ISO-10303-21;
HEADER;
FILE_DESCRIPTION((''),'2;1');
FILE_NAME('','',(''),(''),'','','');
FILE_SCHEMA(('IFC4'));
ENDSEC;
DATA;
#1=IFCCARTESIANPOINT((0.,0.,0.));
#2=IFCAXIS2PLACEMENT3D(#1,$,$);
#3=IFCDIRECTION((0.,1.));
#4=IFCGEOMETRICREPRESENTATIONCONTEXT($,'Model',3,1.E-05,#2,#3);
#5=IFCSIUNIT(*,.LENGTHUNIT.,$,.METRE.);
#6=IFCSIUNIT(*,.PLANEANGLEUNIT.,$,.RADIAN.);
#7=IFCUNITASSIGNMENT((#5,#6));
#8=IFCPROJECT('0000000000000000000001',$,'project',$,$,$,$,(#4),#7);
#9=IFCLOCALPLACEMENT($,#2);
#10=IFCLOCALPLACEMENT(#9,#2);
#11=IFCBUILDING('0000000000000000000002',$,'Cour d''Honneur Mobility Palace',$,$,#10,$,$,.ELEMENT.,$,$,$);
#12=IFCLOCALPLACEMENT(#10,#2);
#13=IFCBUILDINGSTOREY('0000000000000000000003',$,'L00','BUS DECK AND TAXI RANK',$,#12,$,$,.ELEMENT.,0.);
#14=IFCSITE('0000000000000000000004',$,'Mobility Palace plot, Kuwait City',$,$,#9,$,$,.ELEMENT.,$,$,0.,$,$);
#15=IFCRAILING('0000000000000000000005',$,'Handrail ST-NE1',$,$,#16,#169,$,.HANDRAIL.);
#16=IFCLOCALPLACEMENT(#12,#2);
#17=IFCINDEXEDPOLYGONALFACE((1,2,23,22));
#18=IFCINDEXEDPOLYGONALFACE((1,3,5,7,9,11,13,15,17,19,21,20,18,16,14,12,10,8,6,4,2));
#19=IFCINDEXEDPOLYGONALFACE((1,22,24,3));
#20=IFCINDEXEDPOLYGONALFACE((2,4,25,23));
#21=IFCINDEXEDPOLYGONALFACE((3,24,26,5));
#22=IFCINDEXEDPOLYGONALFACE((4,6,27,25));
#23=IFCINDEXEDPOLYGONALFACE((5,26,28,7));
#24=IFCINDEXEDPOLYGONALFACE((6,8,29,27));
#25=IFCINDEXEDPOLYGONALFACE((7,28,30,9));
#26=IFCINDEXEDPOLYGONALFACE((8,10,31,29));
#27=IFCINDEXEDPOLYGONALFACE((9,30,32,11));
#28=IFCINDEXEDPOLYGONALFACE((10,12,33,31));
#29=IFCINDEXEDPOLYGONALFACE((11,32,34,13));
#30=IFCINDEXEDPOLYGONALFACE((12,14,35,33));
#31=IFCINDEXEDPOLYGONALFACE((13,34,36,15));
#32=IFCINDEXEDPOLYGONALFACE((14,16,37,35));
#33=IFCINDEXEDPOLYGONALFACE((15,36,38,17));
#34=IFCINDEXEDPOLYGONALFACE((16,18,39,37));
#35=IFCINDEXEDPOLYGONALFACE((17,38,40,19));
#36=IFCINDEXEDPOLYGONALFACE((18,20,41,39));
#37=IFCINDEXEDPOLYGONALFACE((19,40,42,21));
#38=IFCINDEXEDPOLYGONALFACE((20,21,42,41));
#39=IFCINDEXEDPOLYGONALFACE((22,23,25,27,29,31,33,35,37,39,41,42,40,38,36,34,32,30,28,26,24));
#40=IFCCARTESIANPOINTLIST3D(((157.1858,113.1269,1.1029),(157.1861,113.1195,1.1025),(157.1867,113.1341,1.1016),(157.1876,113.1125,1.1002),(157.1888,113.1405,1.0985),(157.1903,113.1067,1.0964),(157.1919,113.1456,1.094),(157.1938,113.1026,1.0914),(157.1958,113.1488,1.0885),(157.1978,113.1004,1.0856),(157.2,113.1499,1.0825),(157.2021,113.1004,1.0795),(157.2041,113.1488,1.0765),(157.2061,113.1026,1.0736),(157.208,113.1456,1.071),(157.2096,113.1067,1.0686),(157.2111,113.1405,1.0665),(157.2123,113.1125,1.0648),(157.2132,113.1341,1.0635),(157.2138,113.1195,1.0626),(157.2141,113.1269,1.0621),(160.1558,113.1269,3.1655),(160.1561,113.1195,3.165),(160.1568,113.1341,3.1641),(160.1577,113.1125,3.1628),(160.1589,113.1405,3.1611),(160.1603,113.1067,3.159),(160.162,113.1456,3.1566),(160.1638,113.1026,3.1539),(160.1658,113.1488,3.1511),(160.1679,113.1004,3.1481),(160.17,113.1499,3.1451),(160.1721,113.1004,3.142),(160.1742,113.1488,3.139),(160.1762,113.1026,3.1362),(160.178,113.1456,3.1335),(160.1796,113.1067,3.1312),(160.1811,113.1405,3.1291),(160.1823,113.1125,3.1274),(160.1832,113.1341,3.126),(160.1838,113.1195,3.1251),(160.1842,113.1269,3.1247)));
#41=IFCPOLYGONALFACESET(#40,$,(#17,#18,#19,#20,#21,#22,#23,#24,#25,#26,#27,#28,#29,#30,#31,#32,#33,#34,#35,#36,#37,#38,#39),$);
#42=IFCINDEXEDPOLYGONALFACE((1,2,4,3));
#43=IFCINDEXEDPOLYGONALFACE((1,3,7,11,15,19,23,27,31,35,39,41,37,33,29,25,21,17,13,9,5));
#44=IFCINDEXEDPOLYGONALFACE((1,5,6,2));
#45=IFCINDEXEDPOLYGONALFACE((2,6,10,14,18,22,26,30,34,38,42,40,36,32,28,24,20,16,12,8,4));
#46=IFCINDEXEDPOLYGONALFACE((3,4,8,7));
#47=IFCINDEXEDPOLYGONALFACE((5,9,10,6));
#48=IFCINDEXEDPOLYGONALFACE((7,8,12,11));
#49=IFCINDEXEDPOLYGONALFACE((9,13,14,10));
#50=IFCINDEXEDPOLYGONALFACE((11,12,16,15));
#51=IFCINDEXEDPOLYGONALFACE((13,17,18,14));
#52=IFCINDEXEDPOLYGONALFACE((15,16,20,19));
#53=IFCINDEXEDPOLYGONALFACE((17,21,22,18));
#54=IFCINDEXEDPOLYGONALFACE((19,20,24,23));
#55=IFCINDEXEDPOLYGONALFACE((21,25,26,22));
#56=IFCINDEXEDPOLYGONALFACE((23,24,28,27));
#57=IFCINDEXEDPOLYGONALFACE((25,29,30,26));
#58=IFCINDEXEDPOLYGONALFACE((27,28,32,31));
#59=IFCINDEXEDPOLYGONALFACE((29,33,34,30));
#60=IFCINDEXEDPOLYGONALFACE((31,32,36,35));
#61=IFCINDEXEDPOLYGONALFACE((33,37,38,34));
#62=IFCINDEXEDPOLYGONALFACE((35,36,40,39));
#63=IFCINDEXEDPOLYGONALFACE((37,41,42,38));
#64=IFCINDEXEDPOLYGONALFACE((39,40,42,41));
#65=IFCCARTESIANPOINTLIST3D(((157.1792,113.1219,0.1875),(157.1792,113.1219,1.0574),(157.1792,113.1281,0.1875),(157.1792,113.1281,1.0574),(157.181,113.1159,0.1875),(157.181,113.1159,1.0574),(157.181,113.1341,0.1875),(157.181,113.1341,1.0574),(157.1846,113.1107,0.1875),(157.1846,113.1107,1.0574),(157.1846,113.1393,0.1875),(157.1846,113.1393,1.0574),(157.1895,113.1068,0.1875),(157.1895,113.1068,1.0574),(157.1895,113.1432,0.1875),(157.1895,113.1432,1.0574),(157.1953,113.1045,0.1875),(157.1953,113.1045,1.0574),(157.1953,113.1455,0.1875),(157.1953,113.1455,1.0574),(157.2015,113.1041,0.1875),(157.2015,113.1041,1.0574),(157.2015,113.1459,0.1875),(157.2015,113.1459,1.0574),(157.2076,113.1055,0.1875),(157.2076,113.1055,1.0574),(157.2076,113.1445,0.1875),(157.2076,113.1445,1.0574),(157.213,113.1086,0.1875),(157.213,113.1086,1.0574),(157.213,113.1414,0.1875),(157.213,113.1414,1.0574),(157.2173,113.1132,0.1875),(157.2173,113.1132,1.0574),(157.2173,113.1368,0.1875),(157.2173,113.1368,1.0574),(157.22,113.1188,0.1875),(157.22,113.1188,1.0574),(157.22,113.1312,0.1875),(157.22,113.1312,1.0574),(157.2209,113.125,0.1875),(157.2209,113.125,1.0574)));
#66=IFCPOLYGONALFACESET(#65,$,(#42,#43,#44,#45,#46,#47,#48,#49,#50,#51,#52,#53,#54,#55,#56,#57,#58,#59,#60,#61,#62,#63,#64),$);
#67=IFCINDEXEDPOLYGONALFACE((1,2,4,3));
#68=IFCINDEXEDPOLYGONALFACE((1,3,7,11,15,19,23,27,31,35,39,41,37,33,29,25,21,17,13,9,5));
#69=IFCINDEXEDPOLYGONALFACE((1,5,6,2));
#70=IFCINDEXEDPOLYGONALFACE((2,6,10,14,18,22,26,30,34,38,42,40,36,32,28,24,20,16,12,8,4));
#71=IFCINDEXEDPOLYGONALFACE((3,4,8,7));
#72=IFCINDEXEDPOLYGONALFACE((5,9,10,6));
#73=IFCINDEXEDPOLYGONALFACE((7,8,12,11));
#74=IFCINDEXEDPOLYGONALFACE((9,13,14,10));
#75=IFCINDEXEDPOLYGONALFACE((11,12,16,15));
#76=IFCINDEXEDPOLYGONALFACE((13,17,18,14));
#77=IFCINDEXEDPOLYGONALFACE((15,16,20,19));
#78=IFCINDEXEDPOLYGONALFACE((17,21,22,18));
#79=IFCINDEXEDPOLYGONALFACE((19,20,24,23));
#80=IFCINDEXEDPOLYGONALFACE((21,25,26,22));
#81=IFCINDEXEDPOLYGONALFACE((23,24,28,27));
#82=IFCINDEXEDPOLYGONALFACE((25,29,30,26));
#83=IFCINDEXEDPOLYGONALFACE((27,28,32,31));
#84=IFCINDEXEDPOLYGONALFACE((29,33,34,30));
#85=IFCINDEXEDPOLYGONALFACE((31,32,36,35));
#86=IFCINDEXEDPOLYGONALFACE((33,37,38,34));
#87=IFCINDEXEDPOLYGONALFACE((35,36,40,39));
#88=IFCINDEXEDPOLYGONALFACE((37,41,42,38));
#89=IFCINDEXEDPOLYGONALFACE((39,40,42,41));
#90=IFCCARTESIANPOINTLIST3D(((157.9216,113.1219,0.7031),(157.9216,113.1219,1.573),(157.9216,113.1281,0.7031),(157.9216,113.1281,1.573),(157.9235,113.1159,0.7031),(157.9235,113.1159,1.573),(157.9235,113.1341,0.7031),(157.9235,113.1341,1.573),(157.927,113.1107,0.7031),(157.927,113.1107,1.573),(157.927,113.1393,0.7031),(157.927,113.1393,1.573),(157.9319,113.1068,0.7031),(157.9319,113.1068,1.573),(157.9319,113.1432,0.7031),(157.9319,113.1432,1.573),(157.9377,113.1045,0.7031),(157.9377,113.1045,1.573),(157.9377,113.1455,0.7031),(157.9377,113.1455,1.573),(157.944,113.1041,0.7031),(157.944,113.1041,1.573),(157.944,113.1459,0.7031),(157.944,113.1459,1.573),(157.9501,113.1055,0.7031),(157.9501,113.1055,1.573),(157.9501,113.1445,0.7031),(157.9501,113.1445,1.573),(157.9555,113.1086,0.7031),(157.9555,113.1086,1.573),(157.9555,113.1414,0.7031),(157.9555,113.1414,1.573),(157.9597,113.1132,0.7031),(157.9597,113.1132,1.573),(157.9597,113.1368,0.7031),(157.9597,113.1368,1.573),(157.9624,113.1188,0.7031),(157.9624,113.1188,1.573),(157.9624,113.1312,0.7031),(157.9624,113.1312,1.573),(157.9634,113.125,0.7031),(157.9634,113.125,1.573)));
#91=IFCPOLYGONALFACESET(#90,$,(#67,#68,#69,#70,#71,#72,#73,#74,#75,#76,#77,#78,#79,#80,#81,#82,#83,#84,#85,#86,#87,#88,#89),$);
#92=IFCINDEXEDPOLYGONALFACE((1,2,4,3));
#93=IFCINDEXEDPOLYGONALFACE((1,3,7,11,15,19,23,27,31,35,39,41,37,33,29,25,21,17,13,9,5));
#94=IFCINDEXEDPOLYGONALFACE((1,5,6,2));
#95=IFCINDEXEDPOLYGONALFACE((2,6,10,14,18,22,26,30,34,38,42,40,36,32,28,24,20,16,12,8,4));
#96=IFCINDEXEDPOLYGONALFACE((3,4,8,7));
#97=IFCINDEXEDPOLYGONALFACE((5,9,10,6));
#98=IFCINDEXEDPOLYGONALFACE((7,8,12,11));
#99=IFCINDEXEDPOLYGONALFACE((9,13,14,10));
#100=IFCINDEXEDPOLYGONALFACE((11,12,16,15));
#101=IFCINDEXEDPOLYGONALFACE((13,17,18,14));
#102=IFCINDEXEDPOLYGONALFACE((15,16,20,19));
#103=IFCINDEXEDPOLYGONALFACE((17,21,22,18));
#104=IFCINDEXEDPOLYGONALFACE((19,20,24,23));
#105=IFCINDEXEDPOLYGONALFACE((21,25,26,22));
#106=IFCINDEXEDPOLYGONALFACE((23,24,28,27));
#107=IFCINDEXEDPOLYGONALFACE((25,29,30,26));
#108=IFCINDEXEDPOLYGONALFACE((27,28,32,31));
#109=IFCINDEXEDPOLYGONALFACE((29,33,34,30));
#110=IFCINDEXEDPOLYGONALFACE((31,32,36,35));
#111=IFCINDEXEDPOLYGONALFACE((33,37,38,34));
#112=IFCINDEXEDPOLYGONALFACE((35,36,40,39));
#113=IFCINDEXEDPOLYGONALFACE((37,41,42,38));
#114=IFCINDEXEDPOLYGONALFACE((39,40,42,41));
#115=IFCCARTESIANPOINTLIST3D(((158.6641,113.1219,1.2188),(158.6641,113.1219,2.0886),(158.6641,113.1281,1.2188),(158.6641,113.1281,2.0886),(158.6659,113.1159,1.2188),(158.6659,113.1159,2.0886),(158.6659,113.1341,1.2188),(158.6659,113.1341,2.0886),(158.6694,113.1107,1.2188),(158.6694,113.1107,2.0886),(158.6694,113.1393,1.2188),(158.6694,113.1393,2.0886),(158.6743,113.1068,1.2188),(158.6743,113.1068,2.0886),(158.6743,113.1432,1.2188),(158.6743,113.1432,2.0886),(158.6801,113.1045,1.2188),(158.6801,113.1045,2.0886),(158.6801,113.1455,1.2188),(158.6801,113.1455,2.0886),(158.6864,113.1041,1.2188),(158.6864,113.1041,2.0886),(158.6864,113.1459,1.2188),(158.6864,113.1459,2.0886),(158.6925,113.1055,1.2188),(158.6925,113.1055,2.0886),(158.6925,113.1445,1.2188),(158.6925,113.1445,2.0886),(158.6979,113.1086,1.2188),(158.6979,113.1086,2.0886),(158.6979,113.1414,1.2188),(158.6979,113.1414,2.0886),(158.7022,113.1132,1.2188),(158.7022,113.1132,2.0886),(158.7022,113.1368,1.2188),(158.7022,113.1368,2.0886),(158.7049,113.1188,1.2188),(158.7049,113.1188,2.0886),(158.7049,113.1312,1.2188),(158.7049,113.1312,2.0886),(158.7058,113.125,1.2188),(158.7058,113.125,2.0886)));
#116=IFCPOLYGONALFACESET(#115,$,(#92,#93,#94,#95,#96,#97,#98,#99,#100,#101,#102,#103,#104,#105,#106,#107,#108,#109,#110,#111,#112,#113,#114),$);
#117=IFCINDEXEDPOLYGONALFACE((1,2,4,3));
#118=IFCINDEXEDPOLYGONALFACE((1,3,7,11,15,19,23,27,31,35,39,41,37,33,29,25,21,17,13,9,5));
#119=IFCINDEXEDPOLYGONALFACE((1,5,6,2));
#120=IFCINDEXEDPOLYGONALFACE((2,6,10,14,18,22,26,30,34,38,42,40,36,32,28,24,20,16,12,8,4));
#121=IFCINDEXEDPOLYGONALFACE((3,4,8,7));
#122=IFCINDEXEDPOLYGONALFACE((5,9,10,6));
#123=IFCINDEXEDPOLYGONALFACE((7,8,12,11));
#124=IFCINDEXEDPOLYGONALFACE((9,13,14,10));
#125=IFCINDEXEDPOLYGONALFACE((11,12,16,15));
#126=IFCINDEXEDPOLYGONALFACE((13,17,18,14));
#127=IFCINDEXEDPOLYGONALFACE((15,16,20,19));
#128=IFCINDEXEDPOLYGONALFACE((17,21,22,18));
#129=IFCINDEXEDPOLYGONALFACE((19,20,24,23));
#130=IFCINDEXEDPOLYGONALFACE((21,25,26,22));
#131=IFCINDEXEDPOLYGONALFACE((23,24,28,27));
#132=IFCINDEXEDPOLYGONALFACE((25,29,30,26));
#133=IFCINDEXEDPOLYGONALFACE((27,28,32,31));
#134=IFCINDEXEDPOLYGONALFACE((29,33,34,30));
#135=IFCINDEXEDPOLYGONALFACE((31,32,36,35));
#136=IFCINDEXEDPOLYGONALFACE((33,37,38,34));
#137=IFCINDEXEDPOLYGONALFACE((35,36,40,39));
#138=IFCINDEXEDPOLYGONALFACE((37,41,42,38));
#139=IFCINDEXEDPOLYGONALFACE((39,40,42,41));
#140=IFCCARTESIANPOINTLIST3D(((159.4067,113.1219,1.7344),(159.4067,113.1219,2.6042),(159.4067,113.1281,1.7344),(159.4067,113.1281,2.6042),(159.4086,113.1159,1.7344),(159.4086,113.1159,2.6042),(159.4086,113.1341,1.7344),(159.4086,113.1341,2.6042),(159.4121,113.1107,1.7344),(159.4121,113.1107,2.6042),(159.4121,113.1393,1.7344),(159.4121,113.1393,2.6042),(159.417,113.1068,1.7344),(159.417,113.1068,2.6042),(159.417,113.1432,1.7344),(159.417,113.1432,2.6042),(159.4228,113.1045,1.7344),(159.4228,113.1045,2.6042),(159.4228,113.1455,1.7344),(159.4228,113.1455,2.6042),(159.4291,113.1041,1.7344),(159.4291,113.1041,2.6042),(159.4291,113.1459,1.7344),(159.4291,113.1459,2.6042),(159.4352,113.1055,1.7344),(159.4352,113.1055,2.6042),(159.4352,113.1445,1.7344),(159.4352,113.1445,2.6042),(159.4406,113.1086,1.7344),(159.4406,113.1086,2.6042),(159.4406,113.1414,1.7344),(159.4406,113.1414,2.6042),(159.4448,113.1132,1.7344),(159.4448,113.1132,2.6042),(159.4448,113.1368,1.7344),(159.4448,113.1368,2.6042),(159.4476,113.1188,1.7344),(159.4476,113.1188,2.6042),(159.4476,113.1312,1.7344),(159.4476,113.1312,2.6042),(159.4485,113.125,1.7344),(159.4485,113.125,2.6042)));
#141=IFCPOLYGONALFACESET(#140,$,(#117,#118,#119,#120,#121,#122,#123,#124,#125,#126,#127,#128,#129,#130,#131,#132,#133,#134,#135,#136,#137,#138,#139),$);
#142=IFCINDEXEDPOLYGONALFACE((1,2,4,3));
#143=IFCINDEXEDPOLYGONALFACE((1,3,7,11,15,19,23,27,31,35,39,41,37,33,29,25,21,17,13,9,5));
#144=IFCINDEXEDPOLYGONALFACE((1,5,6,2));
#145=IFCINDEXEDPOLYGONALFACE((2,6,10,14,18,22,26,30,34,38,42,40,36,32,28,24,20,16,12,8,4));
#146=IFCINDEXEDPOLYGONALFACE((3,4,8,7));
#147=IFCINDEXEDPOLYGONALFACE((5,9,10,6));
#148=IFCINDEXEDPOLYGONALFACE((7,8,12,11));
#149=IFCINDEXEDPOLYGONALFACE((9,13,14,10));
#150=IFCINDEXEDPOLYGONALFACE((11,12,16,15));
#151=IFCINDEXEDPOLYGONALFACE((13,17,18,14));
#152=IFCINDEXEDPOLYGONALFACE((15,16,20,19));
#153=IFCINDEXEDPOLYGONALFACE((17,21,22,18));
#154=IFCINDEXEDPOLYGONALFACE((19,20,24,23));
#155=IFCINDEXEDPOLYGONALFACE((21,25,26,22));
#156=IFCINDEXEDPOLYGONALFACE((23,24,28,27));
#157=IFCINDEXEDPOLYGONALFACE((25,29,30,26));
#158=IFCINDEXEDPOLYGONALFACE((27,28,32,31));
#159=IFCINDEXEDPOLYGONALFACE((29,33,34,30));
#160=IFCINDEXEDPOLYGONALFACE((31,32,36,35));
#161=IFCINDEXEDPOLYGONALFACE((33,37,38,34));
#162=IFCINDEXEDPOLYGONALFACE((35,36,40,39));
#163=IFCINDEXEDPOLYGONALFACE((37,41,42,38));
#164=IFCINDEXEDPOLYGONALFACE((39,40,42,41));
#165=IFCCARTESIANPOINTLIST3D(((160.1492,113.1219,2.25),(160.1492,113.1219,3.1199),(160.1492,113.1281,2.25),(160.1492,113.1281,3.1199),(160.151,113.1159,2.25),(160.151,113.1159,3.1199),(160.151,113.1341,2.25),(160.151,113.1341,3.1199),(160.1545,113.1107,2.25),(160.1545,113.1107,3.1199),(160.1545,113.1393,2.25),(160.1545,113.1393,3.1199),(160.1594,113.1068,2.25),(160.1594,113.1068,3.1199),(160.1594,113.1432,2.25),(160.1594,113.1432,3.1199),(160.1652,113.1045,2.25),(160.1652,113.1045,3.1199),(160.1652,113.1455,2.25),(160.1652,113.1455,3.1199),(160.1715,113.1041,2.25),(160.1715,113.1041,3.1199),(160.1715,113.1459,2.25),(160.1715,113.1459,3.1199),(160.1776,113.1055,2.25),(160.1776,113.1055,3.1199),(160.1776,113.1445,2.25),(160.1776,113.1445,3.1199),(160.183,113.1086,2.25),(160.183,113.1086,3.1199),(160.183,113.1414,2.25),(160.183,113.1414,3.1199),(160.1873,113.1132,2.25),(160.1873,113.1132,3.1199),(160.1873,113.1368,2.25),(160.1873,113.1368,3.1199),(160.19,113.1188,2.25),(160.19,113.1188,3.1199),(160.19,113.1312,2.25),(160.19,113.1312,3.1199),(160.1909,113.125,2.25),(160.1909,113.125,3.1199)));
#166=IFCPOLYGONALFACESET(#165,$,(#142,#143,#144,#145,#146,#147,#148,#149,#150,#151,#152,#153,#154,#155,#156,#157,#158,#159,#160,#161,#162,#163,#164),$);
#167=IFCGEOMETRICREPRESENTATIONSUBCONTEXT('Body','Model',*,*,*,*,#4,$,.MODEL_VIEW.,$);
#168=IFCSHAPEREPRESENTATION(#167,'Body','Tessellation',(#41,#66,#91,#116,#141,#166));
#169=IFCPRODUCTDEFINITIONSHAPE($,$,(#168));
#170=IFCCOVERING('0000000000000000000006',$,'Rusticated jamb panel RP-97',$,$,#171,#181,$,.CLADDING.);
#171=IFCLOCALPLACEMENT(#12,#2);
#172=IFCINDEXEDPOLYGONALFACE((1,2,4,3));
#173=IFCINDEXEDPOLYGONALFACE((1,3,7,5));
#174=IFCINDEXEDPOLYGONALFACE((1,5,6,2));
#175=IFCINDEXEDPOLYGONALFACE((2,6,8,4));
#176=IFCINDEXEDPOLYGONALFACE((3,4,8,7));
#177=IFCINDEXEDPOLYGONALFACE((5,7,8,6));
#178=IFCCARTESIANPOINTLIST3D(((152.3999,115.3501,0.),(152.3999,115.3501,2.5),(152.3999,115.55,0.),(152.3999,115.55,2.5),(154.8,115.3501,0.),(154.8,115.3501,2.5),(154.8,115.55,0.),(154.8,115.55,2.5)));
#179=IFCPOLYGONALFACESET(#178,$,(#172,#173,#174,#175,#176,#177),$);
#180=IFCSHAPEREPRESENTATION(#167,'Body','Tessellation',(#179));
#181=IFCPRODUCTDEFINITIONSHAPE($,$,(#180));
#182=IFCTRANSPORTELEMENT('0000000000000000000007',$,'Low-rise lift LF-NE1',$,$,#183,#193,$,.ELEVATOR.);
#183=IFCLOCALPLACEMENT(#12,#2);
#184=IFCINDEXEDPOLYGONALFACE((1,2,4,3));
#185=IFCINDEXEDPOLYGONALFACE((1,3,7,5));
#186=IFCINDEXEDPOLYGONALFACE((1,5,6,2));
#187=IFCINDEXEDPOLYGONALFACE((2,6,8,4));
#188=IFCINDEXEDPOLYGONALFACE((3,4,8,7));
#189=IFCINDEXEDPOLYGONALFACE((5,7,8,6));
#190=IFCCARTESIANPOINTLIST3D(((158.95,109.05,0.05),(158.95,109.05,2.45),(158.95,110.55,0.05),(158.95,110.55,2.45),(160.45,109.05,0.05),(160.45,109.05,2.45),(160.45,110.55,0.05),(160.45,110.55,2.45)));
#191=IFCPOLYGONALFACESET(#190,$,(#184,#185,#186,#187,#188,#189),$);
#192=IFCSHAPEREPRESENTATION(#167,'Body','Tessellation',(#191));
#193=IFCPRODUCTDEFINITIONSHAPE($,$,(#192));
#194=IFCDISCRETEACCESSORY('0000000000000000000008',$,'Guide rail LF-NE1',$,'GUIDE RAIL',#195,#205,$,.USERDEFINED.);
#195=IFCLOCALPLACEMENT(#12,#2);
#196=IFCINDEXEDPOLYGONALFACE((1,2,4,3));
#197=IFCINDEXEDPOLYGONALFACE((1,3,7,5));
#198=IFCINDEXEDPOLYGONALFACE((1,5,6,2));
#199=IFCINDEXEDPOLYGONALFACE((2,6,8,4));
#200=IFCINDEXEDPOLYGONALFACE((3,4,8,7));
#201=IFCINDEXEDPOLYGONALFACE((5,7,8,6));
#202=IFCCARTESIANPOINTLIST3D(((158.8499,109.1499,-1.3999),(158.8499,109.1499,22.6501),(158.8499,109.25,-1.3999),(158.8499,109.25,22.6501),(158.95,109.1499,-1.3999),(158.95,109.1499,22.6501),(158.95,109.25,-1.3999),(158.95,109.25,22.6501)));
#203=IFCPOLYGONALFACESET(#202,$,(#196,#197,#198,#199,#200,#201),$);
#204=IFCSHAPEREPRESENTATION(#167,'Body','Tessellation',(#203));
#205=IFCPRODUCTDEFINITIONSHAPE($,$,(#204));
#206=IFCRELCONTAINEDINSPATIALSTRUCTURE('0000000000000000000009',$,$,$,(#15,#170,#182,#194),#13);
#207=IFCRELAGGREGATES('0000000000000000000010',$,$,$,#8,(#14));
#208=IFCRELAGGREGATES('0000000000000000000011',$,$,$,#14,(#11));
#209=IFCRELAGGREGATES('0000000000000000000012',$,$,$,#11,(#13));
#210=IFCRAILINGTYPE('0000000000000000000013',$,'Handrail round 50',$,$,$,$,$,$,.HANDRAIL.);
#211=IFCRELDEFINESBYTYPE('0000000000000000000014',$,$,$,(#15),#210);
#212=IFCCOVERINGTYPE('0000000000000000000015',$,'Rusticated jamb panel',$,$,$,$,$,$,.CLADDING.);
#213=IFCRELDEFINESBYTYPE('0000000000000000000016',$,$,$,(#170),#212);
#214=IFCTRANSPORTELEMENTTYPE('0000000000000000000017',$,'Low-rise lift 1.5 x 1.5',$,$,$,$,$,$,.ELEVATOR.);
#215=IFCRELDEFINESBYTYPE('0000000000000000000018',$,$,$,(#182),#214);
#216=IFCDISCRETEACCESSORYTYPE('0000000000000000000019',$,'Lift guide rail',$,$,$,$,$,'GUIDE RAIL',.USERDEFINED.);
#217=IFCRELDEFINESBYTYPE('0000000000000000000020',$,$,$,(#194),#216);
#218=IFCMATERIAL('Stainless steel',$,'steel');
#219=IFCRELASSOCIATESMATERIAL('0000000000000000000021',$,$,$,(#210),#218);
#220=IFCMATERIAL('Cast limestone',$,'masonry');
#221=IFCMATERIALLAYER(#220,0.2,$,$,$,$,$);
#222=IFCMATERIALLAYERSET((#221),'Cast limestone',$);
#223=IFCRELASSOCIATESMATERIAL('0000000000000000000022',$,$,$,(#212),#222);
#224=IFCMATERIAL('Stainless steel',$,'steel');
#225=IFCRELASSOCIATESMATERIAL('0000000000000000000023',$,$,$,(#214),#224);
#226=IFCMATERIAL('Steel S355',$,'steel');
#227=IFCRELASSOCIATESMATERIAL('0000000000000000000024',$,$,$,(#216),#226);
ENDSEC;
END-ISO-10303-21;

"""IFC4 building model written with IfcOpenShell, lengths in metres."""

from ifc_helpers import new_model, si_unit, direction, frame, origin, origin_2d, place, context, subcontext, project, spatial, polyline, rectangle, circle, outline, extrude, material, layer, layer_set, type_object, element, save


model = new_model("IFC4")

# Units and contexts
model_context = context("Model", 3, precision=1e-05, world=origin(), true_north=direction((0.0, 1.0)))
body_context = subcontext(model_context, "Body", "Model", "MODEL_VIEW")
ifc_project = project(units=[si_unit("LENGTHUNIT", "METRE"), si_unit("PLANEANGLEUNIT", "RADIAN")], contexts=[model_context])

# Site, building, storey
site_placement = place(None, origin())
site = spatial("IfcSite", under=ifc_project, at=site_placement, Name="Mobility Palace plot, Kuwait City", CompositionType="ELEMENT", RefElevation=0.0)
building_placement = place(site_placement, origin())
building = spatial("IfcBuilding", under=site, at=building_placement, Name="Cour d'Honneur Mobility Palace", CompositionType="ELEMENT")
storey_placement = place(building_placement, origin())
storey = spatial("IfcBuildingStorey", under=building, at=storey_placement, Name="L00", Description="BUS DECK AND TAXI RANK", CompositionType="ELEMENT", Elevation=0.0)

# Railing
ifc_material_1 = material(Name="Stainless steel", Category="steel")
railing_type = type_object("IfcRailingType", Name="Handrail round 50", PredefinedType="HANDRAIL", material=ifc_material_1)
for number, where, name in (
    (1, (157.2, 113.125, 0.1875), "Handrail ST-NE1"),
):
    element("IfcRailing", number, at=place(storey_placement, frame(where)), inside=storey, type_object=railing_type, Name=name, PredefinedType="HANDRAIL", context=body_context, shape_type="SweptSolid", body=[
        extrude(circle(Radius=0.0249, at=origin_2d()), frame((0.0, 0.0, 0.895), z_axis=(0.821367, 0.0, 0.5704), x_axis=(0.0, 1.0, 0.0)), (0.0, 0.0, 1.0), 3.616),
        extrude(circle(Radius=0.021, at=origin_2d()), origin(), (0.0, 0.0, 1.0), 0.8699),
        extrude(circle(Radius=0.021, at=origin_2d()), frame((0.7424, 0.0, 0.5156)), (0.0, 0.0, 1.0), 0.8699),
        extrude(circle(Radius=0.021, at=origin_2d()), frame((1.4849, 0.0, 1.0312)), (0.0, 0.0, 1.0), 0.8699),
        extrude(circle(Radius=0.021, at=origin_2d()), frame((2.2275, 0.0, 1.5469)), (0.0, 0.0, 1.0), 0.8699),
        extrude(circle(Radius=0.021, at=origin_2d()), frame((2.97, 0.0, 2.0625)), (0.0, 0.0, 1.0), 0.8699),
    ])

# Covering
ifc_material_2 = material(Name="Cast limestone", Category="masonry")
ifc_layer_1 = layer(ifc_material_2, 0.2)
ifc_layer_set_1 = layer_set([ifc_layer_1], Name="Cast limestone")
covering_type_1 = type_object("IfcCoveringType", Name="Rusticated jamb panel", PredefinedType="CLADDING", material=ifc_layer_set_1)
covering_1_placement = place(storey_placement, frame((154.8, 115.55, 0.0), z_axis=(0.0, 1.0, 0.0), x_axis=(-1.0, 0.0, 0.0)))
element("IfcCovering", 2, at=covering_1_placement, inside=storey, type_object=covering_type_1, Name="Rusticated jamb panel RP-97", PredefinedType="CLADDING", context=body_context, shape_type="SweptSolid", body=[
    extrude(outline(polyline([(0.0, 0.0), (2.4001, 0.0), (2.4001, 2.5), (0.0, 2.5), (0.0, 0.0)])), origin(), (0.0, 0.0, -1.0), 0.2),
])

# Transport element
ifc_material_3 = material(Name="Stainless steel", Category="steel")
transport_element_type = type_object("IfcTransportElementType", Name="Low-rise lift 1.5 x 1.5", PredefinedType="ELEVATOR", material=ifc_material_3)
transport_element_placement = place(storey_placement, frame((159.7, 109.8, 0.05), z_axis=(0.0, 0.0, 1.0), x_axis=(1.0, 0.0, 0.0)))
element("IfcTransportElement", 3, at=transport_element_placement, inside=storey, type_object=transport_element_type, Name="Low-rise lift LF-NE1", PredefinedType="ELEVATOR", context=body_context, shape_type="SweptSolid", body=[
    extrude(rectangle(XDim=1.5, YDim=1.5, at=origin_2d()), origin(), (0.0, 0.0, 1.0), 2.3999),
])

# Discrete accessory
ifc_material_4 = material(Name="Steel S355", Category="steel")
discrete_accessory_type = type_object("IfcDiscreteAccessoryType", Name="Lift guide rail", ElementType="GUIDE RAIL", PredefinedType="USERDEFINED", material=ifc_material_4)
for number, where, z_axis, x_axis, name in (
    (4, (158.8999, 109.2, -1.3999), (0.0, 0.0, 1.0), (1.0, 0.0, 0.0), "Guide rail LF-NE1"),
):
    element("IfcDiscreteAccessory", number, at=place(storey_placement, frame(where, z_axis=z_axis, x_axis=x_axis)), inside=storey, type_object=discrete_accessory_type, Name=name, ObjectType="GUIDE RAIL", PredefinedType="USERDEFINED", context=body_context, shape_type="SweptSolid", body=[
        extrude(rectangle(XDim=0.1001, YDim=0.1001, at=origin_2d()), origin(), (0.0, 0.0, 1.0), 24.05),
    ])

save(model, "model.ifc")
